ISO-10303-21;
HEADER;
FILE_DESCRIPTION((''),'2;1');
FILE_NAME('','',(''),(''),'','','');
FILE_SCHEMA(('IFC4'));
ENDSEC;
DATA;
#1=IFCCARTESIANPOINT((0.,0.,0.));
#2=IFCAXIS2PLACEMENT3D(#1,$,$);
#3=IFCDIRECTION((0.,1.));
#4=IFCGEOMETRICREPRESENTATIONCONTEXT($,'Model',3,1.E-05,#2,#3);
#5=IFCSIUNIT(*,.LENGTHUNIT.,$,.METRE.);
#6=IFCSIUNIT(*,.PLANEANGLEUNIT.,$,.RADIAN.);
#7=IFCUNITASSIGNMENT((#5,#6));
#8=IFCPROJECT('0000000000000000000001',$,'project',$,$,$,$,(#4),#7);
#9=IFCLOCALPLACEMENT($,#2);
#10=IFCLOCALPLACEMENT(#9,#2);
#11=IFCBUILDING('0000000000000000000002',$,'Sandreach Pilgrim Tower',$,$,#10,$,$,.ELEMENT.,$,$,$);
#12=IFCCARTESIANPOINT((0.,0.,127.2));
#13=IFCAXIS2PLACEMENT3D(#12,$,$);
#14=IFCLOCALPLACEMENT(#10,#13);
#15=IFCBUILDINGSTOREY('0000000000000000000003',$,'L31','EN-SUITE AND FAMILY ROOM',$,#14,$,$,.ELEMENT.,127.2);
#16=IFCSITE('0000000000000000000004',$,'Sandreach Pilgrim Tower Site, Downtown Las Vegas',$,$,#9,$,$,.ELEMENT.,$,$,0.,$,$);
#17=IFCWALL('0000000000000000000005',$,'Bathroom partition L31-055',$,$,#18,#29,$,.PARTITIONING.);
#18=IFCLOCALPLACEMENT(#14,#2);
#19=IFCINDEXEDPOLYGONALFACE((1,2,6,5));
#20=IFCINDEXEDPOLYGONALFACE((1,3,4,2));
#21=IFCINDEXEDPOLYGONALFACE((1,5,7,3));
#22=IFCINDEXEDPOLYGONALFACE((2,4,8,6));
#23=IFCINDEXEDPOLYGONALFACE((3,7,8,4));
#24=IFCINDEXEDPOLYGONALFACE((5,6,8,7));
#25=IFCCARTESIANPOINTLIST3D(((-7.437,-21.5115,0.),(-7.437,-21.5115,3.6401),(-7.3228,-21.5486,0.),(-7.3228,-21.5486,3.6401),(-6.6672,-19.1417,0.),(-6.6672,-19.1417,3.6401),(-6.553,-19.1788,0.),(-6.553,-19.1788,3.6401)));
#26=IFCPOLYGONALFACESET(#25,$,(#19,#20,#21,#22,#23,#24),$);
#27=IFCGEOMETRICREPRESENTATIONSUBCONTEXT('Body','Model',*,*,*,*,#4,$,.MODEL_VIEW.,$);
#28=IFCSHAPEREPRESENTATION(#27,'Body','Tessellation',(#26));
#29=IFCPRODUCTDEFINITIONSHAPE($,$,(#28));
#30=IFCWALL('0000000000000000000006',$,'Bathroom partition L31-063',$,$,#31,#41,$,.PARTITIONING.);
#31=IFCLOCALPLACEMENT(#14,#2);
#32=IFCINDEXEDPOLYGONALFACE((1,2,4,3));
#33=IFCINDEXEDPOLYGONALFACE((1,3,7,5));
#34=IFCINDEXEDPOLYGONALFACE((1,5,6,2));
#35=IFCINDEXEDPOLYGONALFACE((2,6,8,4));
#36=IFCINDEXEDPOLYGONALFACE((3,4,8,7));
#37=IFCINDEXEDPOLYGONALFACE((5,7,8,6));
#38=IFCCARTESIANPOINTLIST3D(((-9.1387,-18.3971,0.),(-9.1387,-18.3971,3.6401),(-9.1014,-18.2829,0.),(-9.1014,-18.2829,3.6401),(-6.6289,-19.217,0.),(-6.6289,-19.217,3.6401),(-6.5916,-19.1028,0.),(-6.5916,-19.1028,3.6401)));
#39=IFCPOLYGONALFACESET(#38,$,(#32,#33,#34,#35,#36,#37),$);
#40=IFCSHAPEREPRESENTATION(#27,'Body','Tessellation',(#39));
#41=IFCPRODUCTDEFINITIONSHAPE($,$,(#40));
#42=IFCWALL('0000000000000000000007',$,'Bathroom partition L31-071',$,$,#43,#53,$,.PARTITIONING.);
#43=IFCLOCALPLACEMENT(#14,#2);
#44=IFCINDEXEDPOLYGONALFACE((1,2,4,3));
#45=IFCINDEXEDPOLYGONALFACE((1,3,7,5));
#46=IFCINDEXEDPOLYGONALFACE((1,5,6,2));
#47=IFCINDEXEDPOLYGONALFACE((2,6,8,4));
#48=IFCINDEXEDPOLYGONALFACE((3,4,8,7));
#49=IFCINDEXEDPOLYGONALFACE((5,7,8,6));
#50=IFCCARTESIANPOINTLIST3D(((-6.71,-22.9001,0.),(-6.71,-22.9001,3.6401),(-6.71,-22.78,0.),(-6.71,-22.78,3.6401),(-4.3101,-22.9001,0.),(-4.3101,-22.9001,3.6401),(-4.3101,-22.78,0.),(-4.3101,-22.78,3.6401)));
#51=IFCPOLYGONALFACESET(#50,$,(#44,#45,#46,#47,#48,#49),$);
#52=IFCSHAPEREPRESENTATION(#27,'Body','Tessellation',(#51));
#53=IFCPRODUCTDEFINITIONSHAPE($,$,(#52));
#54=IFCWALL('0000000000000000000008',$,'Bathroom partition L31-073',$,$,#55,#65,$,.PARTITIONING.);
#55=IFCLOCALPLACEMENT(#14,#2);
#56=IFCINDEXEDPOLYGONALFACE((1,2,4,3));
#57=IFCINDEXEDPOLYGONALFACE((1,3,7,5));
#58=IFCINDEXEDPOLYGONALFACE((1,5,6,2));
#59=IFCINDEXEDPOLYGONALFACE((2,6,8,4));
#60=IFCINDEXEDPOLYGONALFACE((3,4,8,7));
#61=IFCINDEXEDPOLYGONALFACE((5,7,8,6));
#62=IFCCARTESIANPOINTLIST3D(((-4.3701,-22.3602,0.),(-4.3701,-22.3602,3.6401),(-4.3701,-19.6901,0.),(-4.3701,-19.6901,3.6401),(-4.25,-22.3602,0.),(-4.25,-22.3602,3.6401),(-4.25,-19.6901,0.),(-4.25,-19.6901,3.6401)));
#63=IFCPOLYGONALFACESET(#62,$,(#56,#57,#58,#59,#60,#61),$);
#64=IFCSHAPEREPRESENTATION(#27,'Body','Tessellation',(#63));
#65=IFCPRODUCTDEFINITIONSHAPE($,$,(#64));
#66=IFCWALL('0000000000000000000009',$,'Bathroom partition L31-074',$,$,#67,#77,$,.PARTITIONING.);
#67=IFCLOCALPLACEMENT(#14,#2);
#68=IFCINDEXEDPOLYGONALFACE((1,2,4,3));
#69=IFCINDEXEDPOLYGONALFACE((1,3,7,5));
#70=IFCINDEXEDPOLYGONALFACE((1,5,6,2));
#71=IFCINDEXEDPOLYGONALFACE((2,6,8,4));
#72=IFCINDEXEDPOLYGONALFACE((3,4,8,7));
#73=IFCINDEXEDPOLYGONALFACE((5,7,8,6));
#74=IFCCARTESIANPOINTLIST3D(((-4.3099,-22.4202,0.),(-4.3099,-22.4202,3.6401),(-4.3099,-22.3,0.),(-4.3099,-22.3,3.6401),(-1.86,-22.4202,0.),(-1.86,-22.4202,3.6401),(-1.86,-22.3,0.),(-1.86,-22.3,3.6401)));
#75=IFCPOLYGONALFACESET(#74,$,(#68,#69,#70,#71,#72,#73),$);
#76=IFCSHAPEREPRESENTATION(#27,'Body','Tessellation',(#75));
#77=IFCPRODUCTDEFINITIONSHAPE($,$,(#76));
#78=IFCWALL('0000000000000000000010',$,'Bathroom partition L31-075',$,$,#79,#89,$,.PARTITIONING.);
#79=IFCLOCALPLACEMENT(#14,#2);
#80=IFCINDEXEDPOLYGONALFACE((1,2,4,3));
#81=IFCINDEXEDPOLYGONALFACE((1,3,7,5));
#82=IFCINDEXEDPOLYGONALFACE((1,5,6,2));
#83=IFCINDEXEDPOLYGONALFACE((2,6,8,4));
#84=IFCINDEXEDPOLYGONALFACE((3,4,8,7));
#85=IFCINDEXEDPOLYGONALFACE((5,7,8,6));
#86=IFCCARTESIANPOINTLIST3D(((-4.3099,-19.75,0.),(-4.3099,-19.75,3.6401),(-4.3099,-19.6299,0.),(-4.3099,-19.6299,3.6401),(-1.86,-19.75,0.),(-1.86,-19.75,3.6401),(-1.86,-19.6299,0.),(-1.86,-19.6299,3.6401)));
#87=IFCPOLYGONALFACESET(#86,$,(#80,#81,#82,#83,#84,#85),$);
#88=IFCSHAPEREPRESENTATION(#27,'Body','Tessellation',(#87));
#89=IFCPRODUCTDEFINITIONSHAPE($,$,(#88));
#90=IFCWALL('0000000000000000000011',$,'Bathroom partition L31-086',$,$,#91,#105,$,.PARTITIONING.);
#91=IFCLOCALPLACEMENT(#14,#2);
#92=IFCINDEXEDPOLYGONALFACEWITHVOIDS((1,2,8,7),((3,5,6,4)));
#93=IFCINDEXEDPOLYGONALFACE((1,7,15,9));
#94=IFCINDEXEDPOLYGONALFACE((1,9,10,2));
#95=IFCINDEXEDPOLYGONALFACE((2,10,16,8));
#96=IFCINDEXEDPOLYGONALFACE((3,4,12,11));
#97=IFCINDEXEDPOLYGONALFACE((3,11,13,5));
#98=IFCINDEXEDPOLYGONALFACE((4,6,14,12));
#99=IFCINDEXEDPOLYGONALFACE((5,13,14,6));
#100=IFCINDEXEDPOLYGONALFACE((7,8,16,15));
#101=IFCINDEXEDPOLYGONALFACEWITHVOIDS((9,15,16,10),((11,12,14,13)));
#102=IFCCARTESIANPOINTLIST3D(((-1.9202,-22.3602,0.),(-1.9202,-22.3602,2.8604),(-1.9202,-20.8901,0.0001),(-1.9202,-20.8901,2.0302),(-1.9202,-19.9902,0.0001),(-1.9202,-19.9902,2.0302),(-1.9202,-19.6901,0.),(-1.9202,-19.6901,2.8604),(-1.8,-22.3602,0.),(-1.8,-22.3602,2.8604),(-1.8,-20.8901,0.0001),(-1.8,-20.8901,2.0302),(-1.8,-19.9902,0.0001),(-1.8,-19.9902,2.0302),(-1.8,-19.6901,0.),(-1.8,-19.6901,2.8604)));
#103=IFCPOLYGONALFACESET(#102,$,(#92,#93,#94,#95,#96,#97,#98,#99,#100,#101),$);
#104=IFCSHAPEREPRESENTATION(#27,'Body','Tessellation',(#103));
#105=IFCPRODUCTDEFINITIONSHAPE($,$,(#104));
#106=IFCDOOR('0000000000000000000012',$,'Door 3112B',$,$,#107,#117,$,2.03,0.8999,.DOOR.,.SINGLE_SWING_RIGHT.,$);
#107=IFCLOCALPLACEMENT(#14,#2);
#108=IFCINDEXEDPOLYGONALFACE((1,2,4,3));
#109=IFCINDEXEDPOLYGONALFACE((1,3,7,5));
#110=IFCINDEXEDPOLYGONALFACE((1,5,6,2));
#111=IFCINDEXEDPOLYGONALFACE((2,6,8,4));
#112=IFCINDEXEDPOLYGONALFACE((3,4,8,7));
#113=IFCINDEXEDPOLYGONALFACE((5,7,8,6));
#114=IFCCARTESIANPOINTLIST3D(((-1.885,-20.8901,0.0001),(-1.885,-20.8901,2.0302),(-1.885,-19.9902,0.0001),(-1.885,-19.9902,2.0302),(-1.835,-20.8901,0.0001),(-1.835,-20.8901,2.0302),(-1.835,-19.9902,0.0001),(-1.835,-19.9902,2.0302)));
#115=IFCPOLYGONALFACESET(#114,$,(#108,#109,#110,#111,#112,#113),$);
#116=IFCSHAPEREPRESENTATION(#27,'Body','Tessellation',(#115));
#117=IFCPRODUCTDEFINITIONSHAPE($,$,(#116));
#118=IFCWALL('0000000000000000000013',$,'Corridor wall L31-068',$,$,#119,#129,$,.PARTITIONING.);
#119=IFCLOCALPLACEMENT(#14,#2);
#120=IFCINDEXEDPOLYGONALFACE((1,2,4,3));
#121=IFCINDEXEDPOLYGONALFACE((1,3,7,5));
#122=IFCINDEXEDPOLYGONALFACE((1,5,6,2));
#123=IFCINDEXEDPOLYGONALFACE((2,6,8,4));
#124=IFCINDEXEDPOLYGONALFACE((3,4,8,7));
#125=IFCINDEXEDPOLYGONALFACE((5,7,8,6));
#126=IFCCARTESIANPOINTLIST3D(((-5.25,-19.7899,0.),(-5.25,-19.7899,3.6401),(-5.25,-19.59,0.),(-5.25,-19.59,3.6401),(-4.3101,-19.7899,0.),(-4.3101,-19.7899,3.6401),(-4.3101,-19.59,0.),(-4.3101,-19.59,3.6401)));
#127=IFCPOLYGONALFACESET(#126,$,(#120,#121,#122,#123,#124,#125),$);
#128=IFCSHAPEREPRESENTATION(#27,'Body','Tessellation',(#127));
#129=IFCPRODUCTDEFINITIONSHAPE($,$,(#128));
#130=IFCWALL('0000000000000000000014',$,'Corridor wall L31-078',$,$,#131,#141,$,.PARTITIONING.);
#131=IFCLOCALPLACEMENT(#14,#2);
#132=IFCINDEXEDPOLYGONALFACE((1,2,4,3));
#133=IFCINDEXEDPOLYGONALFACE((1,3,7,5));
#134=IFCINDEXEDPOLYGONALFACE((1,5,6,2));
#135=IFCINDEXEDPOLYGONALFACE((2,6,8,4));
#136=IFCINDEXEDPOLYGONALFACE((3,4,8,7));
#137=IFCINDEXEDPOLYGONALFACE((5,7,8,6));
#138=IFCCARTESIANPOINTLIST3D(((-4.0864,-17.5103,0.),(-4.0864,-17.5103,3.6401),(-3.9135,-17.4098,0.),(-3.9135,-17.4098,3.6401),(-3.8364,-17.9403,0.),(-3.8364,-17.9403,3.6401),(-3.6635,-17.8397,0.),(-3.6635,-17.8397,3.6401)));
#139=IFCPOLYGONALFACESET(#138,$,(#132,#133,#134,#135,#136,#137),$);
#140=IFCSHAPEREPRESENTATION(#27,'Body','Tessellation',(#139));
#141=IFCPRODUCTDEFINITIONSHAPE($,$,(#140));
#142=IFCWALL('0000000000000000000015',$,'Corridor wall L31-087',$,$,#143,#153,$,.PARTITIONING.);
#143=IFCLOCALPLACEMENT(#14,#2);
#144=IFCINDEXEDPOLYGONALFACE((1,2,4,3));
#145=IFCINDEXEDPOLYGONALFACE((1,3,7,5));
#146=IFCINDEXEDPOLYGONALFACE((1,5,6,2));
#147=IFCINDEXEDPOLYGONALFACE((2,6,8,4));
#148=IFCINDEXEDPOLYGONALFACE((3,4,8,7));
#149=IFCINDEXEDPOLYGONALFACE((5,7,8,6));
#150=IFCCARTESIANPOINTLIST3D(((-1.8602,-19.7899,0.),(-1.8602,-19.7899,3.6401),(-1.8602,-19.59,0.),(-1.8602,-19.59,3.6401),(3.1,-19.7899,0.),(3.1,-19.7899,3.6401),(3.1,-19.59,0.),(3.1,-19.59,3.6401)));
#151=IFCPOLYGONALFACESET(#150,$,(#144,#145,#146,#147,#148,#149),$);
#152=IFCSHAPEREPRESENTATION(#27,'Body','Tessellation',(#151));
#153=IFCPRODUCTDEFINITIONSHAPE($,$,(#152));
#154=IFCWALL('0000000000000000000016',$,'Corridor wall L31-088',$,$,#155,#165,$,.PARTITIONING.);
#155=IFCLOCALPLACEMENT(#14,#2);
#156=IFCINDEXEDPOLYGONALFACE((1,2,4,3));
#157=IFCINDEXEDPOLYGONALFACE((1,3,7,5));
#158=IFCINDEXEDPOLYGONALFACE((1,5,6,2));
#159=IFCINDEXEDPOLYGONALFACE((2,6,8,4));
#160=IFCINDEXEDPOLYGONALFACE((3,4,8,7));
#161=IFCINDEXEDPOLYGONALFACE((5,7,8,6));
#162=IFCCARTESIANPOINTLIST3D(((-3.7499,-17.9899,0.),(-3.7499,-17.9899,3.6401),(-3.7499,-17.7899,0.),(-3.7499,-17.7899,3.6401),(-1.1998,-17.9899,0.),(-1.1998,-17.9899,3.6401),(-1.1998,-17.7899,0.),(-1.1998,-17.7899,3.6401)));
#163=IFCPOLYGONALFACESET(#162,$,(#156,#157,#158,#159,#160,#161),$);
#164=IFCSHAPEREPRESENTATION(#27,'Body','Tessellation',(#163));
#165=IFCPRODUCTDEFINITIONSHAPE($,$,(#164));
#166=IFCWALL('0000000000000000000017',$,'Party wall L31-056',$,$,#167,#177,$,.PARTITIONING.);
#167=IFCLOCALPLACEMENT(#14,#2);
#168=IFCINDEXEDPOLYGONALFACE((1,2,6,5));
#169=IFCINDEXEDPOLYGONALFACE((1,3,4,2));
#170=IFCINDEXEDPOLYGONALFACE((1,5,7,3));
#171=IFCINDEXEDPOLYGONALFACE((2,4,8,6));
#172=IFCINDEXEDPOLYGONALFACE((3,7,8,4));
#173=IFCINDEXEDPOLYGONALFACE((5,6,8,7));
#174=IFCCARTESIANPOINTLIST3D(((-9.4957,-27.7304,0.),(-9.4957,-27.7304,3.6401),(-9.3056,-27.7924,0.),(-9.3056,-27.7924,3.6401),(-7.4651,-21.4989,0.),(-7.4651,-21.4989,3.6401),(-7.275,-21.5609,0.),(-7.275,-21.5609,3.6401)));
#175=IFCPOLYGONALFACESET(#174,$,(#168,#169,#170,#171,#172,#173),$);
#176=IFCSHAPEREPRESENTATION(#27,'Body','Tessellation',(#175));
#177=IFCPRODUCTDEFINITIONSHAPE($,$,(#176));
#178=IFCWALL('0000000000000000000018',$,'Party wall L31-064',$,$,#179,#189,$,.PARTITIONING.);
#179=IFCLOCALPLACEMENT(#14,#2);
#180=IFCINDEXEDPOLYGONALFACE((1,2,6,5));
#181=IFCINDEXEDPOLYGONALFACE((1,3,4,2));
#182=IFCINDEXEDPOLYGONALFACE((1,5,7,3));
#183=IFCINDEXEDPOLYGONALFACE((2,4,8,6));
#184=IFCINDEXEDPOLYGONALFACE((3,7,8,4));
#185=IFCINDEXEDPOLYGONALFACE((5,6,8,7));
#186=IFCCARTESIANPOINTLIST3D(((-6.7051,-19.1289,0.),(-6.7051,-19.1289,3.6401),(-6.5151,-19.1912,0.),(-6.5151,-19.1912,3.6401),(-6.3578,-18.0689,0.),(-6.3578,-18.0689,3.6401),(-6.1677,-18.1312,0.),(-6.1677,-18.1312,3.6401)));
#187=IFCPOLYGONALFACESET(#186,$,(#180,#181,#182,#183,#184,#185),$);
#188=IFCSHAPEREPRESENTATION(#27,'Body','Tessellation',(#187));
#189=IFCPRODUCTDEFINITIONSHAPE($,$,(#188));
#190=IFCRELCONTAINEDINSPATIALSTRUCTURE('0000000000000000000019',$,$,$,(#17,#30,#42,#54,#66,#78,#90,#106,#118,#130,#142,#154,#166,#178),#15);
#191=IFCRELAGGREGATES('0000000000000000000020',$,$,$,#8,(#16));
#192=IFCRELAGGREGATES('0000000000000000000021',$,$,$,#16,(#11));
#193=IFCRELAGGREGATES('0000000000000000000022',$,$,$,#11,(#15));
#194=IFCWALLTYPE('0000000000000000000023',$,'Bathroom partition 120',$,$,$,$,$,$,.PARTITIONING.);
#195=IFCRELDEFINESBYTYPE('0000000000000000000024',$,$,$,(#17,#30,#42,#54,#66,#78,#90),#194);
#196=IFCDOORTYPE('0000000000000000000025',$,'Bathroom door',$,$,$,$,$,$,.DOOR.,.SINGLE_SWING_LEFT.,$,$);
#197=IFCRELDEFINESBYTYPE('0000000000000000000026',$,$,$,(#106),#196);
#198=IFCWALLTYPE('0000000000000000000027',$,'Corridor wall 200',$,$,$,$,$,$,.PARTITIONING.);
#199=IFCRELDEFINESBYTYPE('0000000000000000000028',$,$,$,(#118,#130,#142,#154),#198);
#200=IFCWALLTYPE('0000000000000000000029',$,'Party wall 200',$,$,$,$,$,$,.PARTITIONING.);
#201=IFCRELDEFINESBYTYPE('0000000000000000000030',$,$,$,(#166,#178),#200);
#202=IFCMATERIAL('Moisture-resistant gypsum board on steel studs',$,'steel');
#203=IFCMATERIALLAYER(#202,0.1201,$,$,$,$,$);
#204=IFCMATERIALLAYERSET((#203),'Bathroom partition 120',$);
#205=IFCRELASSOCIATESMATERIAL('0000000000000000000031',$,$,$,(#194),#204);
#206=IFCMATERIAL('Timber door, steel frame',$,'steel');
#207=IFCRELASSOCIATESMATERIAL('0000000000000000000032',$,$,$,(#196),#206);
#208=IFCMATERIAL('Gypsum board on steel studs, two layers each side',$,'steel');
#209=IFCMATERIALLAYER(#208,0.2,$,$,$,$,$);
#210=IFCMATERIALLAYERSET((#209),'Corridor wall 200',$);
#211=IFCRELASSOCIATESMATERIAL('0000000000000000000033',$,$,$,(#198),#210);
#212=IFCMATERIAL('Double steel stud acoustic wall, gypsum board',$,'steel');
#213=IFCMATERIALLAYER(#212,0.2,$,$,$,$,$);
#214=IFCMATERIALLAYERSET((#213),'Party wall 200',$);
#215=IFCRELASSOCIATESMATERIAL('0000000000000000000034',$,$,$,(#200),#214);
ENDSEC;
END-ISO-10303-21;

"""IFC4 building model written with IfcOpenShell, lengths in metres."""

from ifc_helpers import new_model, si_unit, direction, frame, frame_2d, origin, place, context, subcontext, project, spatial, rectangle, extrude, material, layer, layer_set, type_object, element, fill, save


model = new_model("IFC4")

# Units and contexts
model_context = context("Model", 3, precision=1e-05, world=origin(), true_north=direction((0.0, 1.0)))
body_context = subcontext(model_context, "Body", "Model", "MODEL_VIEW")
ifc_project = project(units=[si_unit("LENGTHUNIT", "METRE"), si_unit("PLANEANGLEUNIT", "RADIAN")], contexts=[model_context])

# Site, building, storey
site_placement = place(None, origin())
site = spatial("IfcSite", under=ifc_project, at=site_placement, Name="Sandreach Pilgrim Tower Site, Downtown Las Vegas", CompositionType="ELEMENT", RefElevation=0.0)
building_placement = place(site_placement, origin())
building = spatial("IfcBuilding", under=site, at=building_placement, Name="Sandreach Pilgrim Tower", CompositionType="ELEMENT")
storey_placement = place(building_placement, frame((0.0, 0.0, 127.2)))
storey = spatial("IfcBuildingStorey", under=building, at=storey_placement, Name="L31", Description="EN-SUITE AND FAMILY ROOM", CompositionType="ELEMENT", Elevation=127.2)

# Walls
ifc_material_1 = material(Name="Moisture-resistant gypsum board on steel studs", Category="steel")
ifc_layer_1 = layer(ifc_material_1, 0.1201)
ifc_layer_set_1 = layer_set([ifc_layer_1], Name="Bathroom partition 120")
wall_type_1 = type_object("IfcWallType", Name="Bathroom partition 120", PredefinedType="PARTITIONING", material=ifc_layer_set_1)
wall_1_placement = place(storey_placement, frame((-7.3799, -21.53, 0.0), z_axis=(0.0, 0.0, 1.0), x_axis=(0.308929, 0.951085, 0.0)))
element("IfcWall", 1, at=wall_1_placement, inside=storey, type_object=wall_type_1, Name="Bathroom partition L31-055", PredefinedType="PARTITIONING", context=body_context, shape_type="SweptSolid", body=[
    extrude(rectangle(XDim=2.4917, YDim=0.1201, at=frame_2d((1.2458, 0.0))), origin(), (0.0, 0.0, 1.0), 3.6401),
])
wall_2_placement = place(storey_placement, frame((-6.6101, -19.1599, 0.0), z_axis=(0.0, 0.0, 1.0), x_axis=(-0.950571, 0.310508, 0.0)))
element("IfcWall", 2, at=wall_2_placement, inside=storey, type_object=wall_type_1, Name="Bathroom partition L31-063", PredefinedType="PARTITIONING", context=body_context, shape_type="SweptSolid", body=[
    extrude(rectangle(XDim=2.6404, YDim=0.1201, at=frame_2d((1.3203, 0.0))), origin(), (0.0, 0.0, 1.0), 3.6401),
])
wall_3_placement = place(storey_placement, frame((-4.3101, -22.8401, 0.0), z_axis=(0.0, 0.0, 1.0), x_axis=(-1.0, 0.0, 0.0)))
element("IfcWall", 3, at=wall_3_placement, inside=storey, type_object=wall_type_1, Name="Bathroom partition L31-071", PredefinedType="PARTITIONING", context=body_context, shape_type="SweptSolid", body=[
    extrude(rectangle(XDim=2.3999, YDim=0.1201, at=frame_2d((1.2, 0.0))), origin(), (0.0, 0.0, 1.0), 3.6401),
])
wall_4_placement = place(storey_placement, frame((-4.3101, -22.3601, 0.0), z_axis=(0.0, 0.0, 1.0), x_axis=(0.0, 1.0, 0.0)))
element("IfcWall", 4, at=wall_4_placement, inside=storey, type_object=wall_type_1, Name="Bathroom partition L31-073", PredefinedType="PARTITIONING", context=body_context, shape_type="SweptSolid", body=[
    extrude(rectangle(XDim=2.6702, YDim=0.1201, at=frame_2d((1.335, 0.0))), origin(), (0.0, 0.0, 1.0), 3.6401),
])
for number, where, z_axis, x_axis, name in (
    (5, (-4.3101, -22.3601, 0.0), (0.0, 0.0, 1.0), (1.0, 0.0, 0.0), "Bathroom partition L31-074"),
    (6, (-4.3101, -19.6899, 0.0), (0.0, 0.0, 1.0), (1.0, 0.0, 0.0), "Bathroom partition L31-075"),
):
    element("IfcWall", number, at=place(storey_placement, frame(where, z_axis=z_axis, x_axis=x_axis)), inside=storey, type_object=wall_type_1, Name=name, PredefinedType="PARTITIONING", context=body_context, shape_type="SweptSolid", body=[
        extrude(rectangle(XDim=2.45, YDim=0.1201, at=frame_2d((1.2251, 0.0))), origin(), (0.0, 0.0, 1.0), 3.6401),
    ])

# Wall, opening, door
wall_5_placement = place(storey_placement, frame((-1.8601, -22.3601, 0.0), z_axis=(0.0, 0.0, 1.0), x_axis=(0.0, 1.0, 0.0)))
wall_5 = element("IfcWall", 7, at=wall_5_placement, inside=storey, type_object=wall_type_1, Name="Bathroom partition L31-086", PredefinedType="PARTITIONING", context=body_context, shape_type="SweptSolid", body=[
    extrude(rectangle(XDim=2.6702, YDim=0.1201, at=frame_2d((1.335, 0.0))), origin(), (0.0, 0.0, 1.0), 2.8604),
])
opening_1_placement = place(wall_5_placement, frame((1.47, 0.0, 0.0)))
opening_1 = element("IfcOpeningElement", 8, at=opening_1_placement, cuts=wall_5, PredefinedType="OPENING", context=body_context, shape_type="SweptSolid", body=[
    extrude(rectangle(XDim=0.8999, YDim=2.03, at=frame_2d((0.45, 1.0151))), frame((0.0, 0.0601, 0.0), z_axis=(0.0, -1.0, 0.0), x_axis=(1.0, 0.0, 0.0)), (0.0, 0.0, 1.0), 0.1201),
])
ifc_material_2 = material(Name="Timber door, steel frame", Category="steel")
door_type_1 = type_object("IfcDoorType", Name="Bathroom door", OperationType="SINGLE_SWING_LEFT", PredefinedType="DOOR", material=ifc_material_2)
door_1_placement = place(opening_1_placement, origin())
door_1 = element("IfcDoor", 9, at=door_1_placement, inside=storey, type_object=door_type_1, Name="Door 3112B", OperationType="SINGLE_SWING_RIGHT", OverallHeight=2.03, OverallWidth=0.8999, PredefinedType="DOOR", context=body_context, shape_type="SweptSolid", body=[
    extrude(rectangle(XDim=0.8999, YDim=2.03, at=frame_2d((0.45, 1.0151))), frame((0.0, 0.0249, 0.0), z_axis=(0.0, -1.0, 0.0), x_axis=(1.0, 0.0, 0.0)), (0.0, 0.0, 1.0), 0.05),
])
fill(opening_1, door_1)
ifc_material_3 = material(Name="Gypsum board on steel studs, two layers each side", Category="steel")
ifc_layer_2 = layer(ifc_material_3, 0.2)
ifc_layer_set_2 = layer_set([ifc_layer_2], Name="Corridor wall 200")
wall_type_2 = type_object("IfcWallType", Name="Corridor wall 200", PredefinedType="PARTITIONING", material=ifc_layer_set_2)

# Wall
wall_6_placement = place(storey_placement, frame((-5.25, -19.6899, 0.0), z_axis=(0.0, 0.0, 1.0), x_axis=(1.0, 0.0, 0.0)))
element("IfcWall", 10, at=wall_6_placement, inside=storey, type_object=wall_type_2, Name="Corridor wall L31-068", PredefinedType="PARTITIONING", context=body_context, shape_type="SweptSolid", body=[
    extrude(rectangle(XDim=0.9399, YDim=0.2, at=frame_2d((0.47, 0.0))), origin(), (0.0, 0.0, 1.0), 3.6401),
])

# Walls
wall_7_placement = place(storey_placement, frame((-3.75, -17.8899, 0.0), z_axis=(0.0, 0.0, 1.0), x_axis=(-0.50268, 0.864472, 0.0)))
element("IfcWall", 11, at=wall_7_placement, inside=storey, type_object=wall_type_2, Name="Corridor wall L31-078", PredefinedType="PARTITIONING", context=body_context, shape_type="SweptSolid", body=[
    extrude(rectangle(XDim=0.4973, YDim=0.2, at=frame_2d((0.2485, 0.0))), origin(), (0.0, 0.0, 1.0), 3.6401),
])
wall_8_placement = place(storey_placement, frame((-1.8601, -19.6899, 0.0), z_axis=(0.0, 0.0, 1.0), x_axis=(1.0, 0.0, 0.0)))
element("IfcWall", 12, at=wall_8_placement, inside=storey, type_object=wall_type_2, Name="Corridor wall L31-087", PredefinedType="PARTITIONING", context=body_context, shape_type="SweptSolid", body=[
    extrude(rectangle(XDim=4.9602, YDim=0.2, at=frame_2d((2.48, 0.0))), origin(), (0.0, 0.0, 1.0), 3.6401),
])
wall_9_placement = place(storey_placement, frame((-1.2, -17.8899, 0.0), z_axis=(0.0, 0.0, 1.0), x_axis=(-1.0, 0.0, 0.0)))
element("IfcWall", 13, at=wall_9_placement, inside=storey, type_object=wall_type_2, Name="Corridor wall L31-088", PredefinedType="PARTITIONING", context=body_context, shape_type="SweptSolid", body=[
    extrude(rectangle(XDim=2.55, YDim=0.2, at=frame_2d((1.2749, 0.0))), origin(), (0.0, 0.0, 1.0), 3.6401),
])
ifc_material_4 = material(Name="Double steel stud acoustic wall, gypsum board", Category="steel")
ifc_layer_3 = layer(ifc_material_4, 0.2)
ifc_layer_set_3 = layer_set([ifc_layer_3], Name="Party wall 200")
wall_type_3 = type_object("IfcWallType", Name="Party wall 200", PredefinedType="PARTITIONING", material=ifc_layer_set_3)
wall_10_placement = place(storey_placement, frame((-7.3701, -21.53, 0.0), z_axis=(0.0, 0.0, 1.0), x_axis=(-0.309817, -0.950796, 0.0)))
element("IfcWall", 14, at=wall_10_placement, inside=storey, type_object=wall_type_3, Name="Party wall L31-056", PredefinedType="PARTITIONING", context=body_context, shape_type="SweptSolid", body=[
    extrude(rectangle(XDim=6.554, YDim=0.2, at=frame_2d((3.2769, 0.0))), origin(), (0.0, 0.0, 1.0), 3.6401),
])
wall_11_placement = place(storey_placement, frame((-6.6101, -19.1599, 0.0), z_axis=(0.0, 0.0, 1.0), x_axis=(0.311431, 0.950269, 0.0)))
element("IfcWall", 15, at=wall_11_placement, inside=storey, type_object=wall_type_3, Name="Party wall L31-064", PredefinedType="PARTITIONING", context=body_context, shape_type="SweptSolid", body=[
    extrude(rectangle(XDim=1.1155, YDim=0.2, at=frame_2d((0.5576, 0.0))), origin(), (0.0, 0.0, 1.0), 3.6401),
])

save(model, "model.ifc")
